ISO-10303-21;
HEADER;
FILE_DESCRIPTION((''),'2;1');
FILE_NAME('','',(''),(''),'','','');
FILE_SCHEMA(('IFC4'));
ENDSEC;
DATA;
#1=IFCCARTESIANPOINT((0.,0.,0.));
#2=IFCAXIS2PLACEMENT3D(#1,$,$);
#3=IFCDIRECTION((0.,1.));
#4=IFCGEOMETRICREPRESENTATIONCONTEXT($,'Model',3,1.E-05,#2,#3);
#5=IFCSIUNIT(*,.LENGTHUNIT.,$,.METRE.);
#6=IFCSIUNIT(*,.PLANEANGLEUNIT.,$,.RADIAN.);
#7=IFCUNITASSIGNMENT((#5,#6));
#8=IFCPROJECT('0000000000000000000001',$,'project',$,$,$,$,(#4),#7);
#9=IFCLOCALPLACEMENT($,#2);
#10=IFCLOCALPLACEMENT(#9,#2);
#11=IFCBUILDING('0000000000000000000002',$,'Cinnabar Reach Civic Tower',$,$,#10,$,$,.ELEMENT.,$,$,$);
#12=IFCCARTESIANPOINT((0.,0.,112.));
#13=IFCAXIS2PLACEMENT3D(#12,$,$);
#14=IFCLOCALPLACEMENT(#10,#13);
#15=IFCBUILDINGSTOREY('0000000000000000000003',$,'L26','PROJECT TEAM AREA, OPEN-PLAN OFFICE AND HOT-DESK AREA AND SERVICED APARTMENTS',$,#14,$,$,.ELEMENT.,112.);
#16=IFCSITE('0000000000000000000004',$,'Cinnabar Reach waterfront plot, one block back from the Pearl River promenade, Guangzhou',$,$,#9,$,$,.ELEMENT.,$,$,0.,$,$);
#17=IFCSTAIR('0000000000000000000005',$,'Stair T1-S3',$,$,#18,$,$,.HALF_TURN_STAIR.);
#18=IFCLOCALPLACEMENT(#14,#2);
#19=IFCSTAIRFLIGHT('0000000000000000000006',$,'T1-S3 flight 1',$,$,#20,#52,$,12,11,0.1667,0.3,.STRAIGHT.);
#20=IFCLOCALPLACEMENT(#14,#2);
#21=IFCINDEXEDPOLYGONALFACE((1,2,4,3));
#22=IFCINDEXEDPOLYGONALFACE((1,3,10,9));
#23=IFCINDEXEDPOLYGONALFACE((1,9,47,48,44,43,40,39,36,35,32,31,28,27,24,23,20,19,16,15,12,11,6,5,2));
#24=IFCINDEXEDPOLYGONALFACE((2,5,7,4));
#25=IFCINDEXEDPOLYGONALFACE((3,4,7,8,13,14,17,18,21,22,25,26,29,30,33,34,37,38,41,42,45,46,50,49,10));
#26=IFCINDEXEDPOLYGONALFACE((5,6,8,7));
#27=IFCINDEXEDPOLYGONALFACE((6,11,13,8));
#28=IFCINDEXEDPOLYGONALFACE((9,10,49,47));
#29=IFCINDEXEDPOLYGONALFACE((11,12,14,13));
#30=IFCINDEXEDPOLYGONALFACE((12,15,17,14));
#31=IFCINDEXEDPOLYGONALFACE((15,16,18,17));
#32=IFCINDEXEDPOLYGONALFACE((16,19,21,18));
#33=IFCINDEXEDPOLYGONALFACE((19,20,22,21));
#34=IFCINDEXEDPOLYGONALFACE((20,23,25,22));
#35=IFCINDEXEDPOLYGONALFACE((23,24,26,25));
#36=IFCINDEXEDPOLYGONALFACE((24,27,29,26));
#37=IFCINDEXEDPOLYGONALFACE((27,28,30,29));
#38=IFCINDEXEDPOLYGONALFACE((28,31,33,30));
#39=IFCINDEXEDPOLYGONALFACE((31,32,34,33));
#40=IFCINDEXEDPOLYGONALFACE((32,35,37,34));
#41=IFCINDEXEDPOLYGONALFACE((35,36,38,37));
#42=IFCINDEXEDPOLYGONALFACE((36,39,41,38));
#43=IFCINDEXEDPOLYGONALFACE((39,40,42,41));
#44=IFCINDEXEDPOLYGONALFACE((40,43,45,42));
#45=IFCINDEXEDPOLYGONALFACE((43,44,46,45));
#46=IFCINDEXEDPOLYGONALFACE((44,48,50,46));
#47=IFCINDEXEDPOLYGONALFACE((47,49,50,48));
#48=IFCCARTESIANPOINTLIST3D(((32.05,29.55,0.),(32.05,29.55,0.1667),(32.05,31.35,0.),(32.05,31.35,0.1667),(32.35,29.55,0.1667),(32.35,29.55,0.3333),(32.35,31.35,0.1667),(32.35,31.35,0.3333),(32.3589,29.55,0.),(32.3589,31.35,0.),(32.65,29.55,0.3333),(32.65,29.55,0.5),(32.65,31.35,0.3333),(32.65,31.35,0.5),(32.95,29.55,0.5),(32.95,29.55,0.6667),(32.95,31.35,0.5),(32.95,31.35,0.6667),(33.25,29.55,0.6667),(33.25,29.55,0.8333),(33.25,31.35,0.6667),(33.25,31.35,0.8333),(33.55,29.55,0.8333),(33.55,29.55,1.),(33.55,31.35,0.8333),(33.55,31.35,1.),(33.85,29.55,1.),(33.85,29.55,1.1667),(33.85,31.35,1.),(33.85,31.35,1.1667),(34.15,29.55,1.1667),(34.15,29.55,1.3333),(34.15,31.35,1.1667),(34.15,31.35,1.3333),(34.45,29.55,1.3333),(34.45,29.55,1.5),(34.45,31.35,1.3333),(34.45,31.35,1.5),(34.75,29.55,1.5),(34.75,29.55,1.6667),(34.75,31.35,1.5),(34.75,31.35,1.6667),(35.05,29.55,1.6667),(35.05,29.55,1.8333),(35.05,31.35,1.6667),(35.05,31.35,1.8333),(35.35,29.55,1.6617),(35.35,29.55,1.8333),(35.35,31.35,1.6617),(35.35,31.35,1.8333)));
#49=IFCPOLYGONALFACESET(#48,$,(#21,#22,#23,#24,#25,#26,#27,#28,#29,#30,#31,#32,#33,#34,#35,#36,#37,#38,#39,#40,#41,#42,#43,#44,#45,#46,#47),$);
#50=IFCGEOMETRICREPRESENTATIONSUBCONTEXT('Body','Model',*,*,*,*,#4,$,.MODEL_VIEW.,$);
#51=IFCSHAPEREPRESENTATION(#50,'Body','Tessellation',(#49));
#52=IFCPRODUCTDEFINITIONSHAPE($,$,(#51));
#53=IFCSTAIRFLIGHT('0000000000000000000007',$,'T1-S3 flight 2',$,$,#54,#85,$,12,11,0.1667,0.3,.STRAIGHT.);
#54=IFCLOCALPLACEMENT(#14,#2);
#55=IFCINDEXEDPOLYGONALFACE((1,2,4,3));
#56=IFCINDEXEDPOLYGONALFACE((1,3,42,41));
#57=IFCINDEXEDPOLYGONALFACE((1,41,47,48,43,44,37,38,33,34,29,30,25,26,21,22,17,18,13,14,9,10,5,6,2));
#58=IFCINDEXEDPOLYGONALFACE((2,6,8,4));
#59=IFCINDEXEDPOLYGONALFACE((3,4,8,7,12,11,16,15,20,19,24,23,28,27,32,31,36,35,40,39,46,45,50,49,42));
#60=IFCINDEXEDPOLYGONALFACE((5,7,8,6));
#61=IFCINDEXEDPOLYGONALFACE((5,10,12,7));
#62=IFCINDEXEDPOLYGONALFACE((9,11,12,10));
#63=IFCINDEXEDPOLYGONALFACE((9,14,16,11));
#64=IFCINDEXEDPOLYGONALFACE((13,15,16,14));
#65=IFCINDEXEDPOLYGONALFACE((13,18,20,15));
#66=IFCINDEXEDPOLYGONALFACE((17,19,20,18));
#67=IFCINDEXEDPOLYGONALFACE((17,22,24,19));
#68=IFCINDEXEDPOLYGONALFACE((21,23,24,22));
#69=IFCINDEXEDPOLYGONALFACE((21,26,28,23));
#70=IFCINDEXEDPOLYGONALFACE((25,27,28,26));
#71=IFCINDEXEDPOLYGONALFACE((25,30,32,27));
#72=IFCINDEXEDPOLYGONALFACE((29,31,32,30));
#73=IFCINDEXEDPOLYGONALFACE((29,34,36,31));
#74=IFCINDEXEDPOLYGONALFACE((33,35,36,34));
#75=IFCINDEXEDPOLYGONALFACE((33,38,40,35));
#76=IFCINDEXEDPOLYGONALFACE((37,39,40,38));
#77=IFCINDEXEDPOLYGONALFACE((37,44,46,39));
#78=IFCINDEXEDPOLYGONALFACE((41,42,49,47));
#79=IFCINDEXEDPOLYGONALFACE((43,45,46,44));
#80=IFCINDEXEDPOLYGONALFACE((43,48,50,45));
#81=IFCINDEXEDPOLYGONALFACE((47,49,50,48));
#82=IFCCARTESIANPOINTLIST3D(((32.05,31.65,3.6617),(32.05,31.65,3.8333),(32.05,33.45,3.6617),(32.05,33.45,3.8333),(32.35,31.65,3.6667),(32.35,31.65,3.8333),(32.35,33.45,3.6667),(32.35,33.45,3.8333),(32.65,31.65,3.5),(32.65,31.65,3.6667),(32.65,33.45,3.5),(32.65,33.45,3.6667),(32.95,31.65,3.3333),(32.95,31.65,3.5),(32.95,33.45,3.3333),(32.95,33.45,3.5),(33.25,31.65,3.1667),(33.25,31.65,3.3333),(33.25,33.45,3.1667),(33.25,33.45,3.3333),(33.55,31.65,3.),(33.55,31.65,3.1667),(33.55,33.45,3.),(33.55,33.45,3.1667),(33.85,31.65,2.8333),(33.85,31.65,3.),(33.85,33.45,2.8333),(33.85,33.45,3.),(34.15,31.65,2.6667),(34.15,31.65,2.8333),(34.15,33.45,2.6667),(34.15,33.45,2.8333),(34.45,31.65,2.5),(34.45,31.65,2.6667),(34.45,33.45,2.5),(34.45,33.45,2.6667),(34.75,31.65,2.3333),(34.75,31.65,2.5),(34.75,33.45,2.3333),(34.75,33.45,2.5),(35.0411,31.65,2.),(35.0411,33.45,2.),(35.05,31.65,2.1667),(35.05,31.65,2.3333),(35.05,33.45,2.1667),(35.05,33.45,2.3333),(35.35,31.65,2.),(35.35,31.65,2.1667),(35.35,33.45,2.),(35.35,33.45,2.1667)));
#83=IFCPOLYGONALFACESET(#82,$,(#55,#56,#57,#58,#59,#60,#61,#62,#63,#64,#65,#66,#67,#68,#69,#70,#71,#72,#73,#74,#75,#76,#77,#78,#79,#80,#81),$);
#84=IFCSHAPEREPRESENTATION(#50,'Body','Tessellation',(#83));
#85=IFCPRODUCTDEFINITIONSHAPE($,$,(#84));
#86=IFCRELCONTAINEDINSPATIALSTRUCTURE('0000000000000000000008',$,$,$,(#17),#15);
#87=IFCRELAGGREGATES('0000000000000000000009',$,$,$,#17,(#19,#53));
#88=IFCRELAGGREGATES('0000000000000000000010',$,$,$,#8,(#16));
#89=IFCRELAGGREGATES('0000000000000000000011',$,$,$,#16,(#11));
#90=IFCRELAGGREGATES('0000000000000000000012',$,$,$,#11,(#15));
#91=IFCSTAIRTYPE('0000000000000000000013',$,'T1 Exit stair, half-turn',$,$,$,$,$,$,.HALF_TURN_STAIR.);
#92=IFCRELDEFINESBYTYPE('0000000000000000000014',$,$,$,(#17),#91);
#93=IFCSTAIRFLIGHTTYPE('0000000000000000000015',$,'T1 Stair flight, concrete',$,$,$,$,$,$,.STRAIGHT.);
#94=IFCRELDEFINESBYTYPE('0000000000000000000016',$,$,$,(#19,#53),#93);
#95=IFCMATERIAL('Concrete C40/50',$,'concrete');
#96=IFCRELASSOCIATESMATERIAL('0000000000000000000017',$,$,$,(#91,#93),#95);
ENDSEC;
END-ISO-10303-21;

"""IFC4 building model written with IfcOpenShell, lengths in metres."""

from ifc_helpers import new_model, si_unit, direction, frame, origin, place, context, subcontext, project, spatial, polyline, outline, extrude, material, type_object, element, aggregate, save


model = new_model("IFC4")

# Units and contexts
model_context = context("Model", 3, precision=1e-05, world=origin(), true_north=direction((0.0, 1.0)))
body_context = subcontext(model_context, "Body", "Model", "MODEL_VIEW")
ifc_project = project(units=[si_unit("LENGTHUNIT", "METRE"), si_unit("PLANEANGLEUNIT", "RADIAN")], contexts=[model_context])

# Site, building, storey
site_placement = place(None, origin())
site = spatial("IfcSite", under=ifc_project, at=site_placement, Name="Cinnabar Reach waterfront plot, one block back from the Pearl River promenade, Guangzhou", CompositionType="ELEMENT", RefElevation=0.0)
building_placement = place(site_placement, origin())
building = spatial("IfcBuilding", under=site, at=building_placement, Name="Cinnabar Reach Civic Tower", CompositionType="ELEMENT")
storey_placement = place(building_placement, frame((0.0, 0.0, 112.0)))
storey = spatial("IfcBuildingStorey", under=building, at=storey_placement, Name="L26", Description="PROJECT TEAM AREA, OPEN-PLAN OFFICE AND HOT-DESK AREA AND SERVICED APARTMENTS", CompositionType="ELEMENT", Elevation=112.0)

# Stair, stair flights
ifc_material_1 = material(Name="Concrete C40/50", Category="concrete")
stair_type = type_object("IfcStairType", Name="T1 Exit stair, half-turn", PredefinedType="HALF_TURN_STAIR", material=ifc_material_1)
stair_placement = place(storey_placement, origin())
stair = element("IfcStair", 1, at=stair_placement, inside=storey, type_object=stair_type, Name="Stair T1-S3", PredefinedType="HALF_TURN_STAIR")
stair_flight_type = type_object("IfcStairFlightType", Name="T1 Stair flight, concrete", PredefinedType="STRAIGHT", material=ifc_material_1)
stair_flight_1_placement = place(storey_placement, frame((32.05, 30.45, 0.0), z_axis=(0.0, 0.0, 1.0), x_axis=(1.0, 0.0, 0.0)))
stair_flight_1 = element("IfcStairFlight", 2, at=stair_flight_1_placement, type_object=stair_flight_type, Name="T1-S3 flight 1", NumberOfRisers=12, NumberOfTreads=11, PredefinedType="STRAIGHT", RiserHeight=0.1667, TreadLength=0.3, context=body_context, shape_type="SweptSolid", body=[
    extrude(outline(polyline([(0.0, 0.0), (0.0, 0.1667), (0.3, 0.1667), (0.3, 0.3333), (0.6, 0.3333), (0.6, 0.5), (0.9, 0.5), (0.9, 0.6667), (1.2, 0.6667), (1.2, 0.8333), (1.5, 0.8333), (1.5, 1.0), (1.8, 1.0), (1.8, 1.1667), (2.1, 1.1667), (2.1, 1.3333), (2.4, 1.3333), (2.4, 1.5), (2.7, 1.5), (2.7, 1.6667), (3.0, 1.6667), (3.0, 1.8333), (3.3, 1.8333), (3.3, 2.0), (3.3, 1.6617), (0.3089, 0.0), (0.0, 0.0)])), frame((0.0, 0.9, 0.0), z_axis=(0.0, -1.0, 0.0), x_axis=(1.0, 0.0, 0.0)), (0.0, 0.0, 1.0), 1.8),
])
stair_flight_2_placement = place(storey_placement, frame((35.35, 32.55, 2.0), z_axis=(0.0, 0.0, 1.0), x_axis=(-1.0, 0.0, 0.0)))
stair_flight_2 = element("IfcStairFlight", 3, at=stair_flight_2_placement, type_object=stair_flight_type, Name="T1-S3 flight 2", NumberOfRisers=12, NumberOfTreads=11, PredefinedType="STRAIGHT", RiserHeight=0.1667, TreadLength=0.3, context=body_context, shape_type="SweptSolid", body=[
    extrude(outline(polyline([(0.0, 0.0), (0.0, 0.1667), (0.3, 0.1667), (0.3, 0.3333), (0.6, 0.3333), (0.6, 0.5), (0.9, 0.5), (0.9, 0.6667), (1.2, 0.6667), (1.2, 0.8333), (1.5, 0.8333), (1.5, 1.0), (1.8, 1.0), (1.8, 1.1667), (2.1, 1.1667), (2.1, 1.3333), (2.4, 1.3333), (2.4, 1.5), (2.7, 1.5), (2.7, 1.6667), (3.0, 1.6667), (3.0, 1.8333), (3.3, 1.8333), (3.3, 2.0), (3.3, 1.6617), (0.3089, 0.0), (0.0, 0.0)])), frame((0.0, 0.9, 0.0), z_axis=(0.0, -1.0, 0.0), x_axis=(1.0, 0.0, 0.0)), (0.0, 0.0, 1.0), 1.8),
])
aggregate(stair, [stair_flight_1, stair_flight_2])

save(model, "model.ifc")
